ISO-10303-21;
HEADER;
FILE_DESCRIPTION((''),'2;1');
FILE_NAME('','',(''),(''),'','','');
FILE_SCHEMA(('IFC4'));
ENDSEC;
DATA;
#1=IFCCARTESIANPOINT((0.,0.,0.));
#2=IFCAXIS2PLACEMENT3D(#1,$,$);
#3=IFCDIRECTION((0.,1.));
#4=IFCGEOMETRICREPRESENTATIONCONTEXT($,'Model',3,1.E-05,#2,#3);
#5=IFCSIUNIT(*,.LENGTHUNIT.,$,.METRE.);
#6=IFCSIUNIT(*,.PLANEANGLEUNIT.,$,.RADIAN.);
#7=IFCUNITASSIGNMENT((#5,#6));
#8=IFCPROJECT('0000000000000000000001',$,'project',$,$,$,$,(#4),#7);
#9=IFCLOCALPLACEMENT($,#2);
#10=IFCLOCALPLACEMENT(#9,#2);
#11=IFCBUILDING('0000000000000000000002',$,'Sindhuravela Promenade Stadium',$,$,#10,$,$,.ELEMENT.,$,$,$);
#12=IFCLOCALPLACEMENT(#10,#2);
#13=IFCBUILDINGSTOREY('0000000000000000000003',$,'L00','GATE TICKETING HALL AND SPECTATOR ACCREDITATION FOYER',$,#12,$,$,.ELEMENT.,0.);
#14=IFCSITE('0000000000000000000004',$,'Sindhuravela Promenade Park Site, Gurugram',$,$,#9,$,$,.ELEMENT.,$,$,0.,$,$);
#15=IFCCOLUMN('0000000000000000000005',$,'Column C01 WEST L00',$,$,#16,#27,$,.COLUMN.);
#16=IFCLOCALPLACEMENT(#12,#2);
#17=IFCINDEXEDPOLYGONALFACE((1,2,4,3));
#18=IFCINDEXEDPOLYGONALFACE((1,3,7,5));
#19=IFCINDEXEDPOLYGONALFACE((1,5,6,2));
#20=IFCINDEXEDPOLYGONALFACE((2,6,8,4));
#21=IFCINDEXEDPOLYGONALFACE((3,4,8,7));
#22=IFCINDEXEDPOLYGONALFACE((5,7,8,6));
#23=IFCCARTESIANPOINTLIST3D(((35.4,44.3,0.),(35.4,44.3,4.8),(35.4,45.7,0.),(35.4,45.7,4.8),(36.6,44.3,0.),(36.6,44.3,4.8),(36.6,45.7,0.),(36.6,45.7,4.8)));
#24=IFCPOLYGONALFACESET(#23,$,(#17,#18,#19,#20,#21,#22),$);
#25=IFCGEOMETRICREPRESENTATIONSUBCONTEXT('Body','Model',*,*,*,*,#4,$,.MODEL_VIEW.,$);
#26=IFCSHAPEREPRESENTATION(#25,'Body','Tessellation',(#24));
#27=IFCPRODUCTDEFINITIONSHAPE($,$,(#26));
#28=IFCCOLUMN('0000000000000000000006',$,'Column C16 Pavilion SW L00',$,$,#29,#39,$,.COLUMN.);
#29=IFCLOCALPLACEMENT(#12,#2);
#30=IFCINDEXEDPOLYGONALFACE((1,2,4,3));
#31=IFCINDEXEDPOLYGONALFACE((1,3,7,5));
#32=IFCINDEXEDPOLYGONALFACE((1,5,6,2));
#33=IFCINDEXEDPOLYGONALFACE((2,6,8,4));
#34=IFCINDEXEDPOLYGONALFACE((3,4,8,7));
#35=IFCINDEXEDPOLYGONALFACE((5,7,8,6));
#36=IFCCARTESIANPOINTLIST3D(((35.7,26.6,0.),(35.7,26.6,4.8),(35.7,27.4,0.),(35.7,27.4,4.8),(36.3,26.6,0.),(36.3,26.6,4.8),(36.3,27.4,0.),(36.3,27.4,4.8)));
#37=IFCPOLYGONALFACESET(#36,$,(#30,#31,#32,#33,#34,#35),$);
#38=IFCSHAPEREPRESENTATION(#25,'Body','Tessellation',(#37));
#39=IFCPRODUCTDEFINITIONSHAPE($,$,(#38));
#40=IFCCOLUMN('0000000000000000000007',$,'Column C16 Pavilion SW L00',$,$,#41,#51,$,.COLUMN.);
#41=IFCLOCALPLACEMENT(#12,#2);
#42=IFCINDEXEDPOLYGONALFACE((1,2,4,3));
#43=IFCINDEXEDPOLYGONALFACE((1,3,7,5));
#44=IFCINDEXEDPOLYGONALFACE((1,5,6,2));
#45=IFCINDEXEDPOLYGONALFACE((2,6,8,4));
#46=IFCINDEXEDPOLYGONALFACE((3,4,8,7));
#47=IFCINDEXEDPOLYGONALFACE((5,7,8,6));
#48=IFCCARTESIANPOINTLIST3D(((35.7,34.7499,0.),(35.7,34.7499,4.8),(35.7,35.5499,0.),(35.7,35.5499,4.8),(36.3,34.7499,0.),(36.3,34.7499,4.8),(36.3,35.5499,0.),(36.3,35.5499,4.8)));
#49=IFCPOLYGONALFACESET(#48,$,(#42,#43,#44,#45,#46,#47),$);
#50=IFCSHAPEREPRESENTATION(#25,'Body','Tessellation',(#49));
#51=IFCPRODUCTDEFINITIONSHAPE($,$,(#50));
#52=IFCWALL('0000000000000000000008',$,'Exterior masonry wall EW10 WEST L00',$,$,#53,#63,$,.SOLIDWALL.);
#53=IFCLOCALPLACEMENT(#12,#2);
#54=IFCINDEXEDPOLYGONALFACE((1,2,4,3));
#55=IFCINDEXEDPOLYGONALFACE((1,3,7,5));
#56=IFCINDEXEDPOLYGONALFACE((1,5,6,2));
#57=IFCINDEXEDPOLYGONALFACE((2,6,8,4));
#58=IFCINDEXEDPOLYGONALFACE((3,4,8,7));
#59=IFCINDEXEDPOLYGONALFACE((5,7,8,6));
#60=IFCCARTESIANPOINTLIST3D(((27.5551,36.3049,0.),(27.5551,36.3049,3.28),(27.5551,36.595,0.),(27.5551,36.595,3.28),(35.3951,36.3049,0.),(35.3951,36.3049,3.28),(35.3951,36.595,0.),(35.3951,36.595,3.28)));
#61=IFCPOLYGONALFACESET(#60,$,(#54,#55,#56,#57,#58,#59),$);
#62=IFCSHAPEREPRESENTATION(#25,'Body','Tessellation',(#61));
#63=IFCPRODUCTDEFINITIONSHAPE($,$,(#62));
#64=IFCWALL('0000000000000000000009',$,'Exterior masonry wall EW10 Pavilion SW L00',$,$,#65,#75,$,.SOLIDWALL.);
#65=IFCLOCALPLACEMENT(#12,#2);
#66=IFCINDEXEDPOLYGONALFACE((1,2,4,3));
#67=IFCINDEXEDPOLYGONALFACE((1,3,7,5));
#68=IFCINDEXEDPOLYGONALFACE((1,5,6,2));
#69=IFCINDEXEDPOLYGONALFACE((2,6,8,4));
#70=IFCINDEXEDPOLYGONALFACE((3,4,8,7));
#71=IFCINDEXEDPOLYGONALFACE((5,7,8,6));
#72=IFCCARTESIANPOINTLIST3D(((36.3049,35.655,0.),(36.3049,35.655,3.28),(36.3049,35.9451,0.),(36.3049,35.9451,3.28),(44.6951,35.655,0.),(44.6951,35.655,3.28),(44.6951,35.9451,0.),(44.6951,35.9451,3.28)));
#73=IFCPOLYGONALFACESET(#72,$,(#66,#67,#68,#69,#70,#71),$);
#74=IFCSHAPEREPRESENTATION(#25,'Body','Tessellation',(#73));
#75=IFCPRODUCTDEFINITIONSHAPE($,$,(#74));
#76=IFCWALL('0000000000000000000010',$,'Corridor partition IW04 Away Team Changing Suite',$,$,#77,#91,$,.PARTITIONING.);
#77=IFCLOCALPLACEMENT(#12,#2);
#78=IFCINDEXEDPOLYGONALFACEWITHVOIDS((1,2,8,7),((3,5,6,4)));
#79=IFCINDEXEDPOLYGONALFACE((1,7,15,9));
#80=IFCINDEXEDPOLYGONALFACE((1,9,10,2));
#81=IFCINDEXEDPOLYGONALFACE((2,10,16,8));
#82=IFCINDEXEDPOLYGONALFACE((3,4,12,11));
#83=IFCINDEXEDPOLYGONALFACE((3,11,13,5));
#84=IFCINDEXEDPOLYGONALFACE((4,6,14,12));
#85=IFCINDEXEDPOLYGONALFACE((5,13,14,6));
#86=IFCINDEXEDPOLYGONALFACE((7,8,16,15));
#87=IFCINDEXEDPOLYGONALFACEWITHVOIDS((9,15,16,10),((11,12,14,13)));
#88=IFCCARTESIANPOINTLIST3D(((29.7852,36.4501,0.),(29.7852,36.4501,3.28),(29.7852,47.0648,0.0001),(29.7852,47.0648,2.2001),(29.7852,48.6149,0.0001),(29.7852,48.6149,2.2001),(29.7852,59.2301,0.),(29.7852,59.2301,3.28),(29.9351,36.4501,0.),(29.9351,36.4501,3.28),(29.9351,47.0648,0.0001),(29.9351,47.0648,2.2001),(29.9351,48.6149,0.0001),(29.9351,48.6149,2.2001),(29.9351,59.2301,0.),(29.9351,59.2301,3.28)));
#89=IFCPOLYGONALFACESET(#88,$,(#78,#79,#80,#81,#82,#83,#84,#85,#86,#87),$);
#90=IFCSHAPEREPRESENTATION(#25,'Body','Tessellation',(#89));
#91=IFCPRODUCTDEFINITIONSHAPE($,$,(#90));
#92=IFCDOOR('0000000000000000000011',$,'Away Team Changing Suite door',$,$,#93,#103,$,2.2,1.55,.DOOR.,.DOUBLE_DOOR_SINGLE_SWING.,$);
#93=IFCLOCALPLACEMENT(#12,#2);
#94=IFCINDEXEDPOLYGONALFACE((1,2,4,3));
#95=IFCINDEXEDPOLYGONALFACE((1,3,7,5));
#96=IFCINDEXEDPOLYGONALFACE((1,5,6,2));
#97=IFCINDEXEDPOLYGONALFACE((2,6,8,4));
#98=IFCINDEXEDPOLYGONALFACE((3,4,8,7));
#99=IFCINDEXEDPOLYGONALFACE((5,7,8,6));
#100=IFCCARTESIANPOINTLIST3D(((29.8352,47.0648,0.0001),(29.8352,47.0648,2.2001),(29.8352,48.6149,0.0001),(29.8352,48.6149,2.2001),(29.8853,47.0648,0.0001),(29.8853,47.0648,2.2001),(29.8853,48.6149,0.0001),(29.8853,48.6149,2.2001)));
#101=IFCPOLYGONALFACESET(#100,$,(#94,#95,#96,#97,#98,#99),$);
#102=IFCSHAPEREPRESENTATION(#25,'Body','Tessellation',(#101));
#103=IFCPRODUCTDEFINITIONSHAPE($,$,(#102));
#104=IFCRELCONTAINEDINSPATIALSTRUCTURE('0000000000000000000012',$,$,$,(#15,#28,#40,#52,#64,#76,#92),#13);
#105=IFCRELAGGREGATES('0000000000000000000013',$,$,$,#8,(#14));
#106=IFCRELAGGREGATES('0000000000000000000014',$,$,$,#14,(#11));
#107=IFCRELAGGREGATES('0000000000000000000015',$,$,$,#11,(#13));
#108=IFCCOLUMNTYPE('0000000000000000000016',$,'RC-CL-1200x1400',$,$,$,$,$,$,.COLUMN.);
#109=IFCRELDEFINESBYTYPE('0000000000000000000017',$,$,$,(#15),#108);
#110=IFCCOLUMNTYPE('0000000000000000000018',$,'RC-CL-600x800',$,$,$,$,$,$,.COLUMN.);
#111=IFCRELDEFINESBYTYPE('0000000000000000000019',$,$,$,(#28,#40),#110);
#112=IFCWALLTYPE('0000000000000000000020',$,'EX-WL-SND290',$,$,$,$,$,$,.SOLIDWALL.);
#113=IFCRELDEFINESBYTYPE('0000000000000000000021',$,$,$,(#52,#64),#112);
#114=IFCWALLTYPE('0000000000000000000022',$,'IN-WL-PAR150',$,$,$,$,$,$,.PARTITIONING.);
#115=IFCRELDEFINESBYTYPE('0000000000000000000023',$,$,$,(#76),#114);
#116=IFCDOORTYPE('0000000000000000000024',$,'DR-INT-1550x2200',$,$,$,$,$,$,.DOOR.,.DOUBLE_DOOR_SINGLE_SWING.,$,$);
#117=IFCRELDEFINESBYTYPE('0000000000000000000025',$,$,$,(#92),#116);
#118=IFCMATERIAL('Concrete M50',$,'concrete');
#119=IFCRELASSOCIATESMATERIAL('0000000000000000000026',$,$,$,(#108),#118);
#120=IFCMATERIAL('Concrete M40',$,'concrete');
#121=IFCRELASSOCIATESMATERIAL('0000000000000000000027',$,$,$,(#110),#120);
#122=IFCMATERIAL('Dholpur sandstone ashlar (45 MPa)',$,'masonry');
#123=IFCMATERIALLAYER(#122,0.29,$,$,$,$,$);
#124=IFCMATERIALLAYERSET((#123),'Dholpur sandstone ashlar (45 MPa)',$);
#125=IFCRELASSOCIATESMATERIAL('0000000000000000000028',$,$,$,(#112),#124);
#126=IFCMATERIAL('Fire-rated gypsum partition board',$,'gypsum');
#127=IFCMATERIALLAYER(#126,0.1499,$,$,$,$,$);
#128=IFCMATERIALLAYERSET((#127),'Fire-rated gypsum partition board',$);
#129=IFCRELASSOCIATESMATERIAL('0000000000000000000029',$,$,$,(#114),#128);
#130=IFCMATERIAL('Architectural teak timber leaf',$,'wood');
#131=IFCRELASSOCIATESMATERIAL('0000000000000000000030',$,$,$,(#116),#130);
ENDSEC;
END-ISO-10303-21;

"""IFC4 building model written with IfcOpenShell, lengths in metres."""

from ifc_helpers import new_model, si_unit, direction, frame, frame_2d, origin, origin_2d, place, context, subcontext, project, spatial, rectangle, extrude, material, layer, layer_set, material_profile, profile_set, type_object, element, fill, save


model = new_model("IFC4")

# Units and contexts
model_context = context("Model", 3, precision=1e-05, world=origin(), true_north=direction((0.0, 1.0)))
body_context = subcontext(model_context, "Body", "Model", "MODEL_VIEW")
ifc_project = project(units=[si_unit("LENGTHUNIT", "METRE"), si_unit("PLANEANGLEUNIT", "RADIAN")], contexts=[model_context])

# Site, building, storey
site_placement = place(None, origin())
site = spatial("IfcSite", under=ifc_project, at=site_placement, Name="Sindhuravela Promenade Park Site, Gurugram", CompositionType="ELEMENT", RefElevation=0.0)
building_placement = place(site_placement, origin())
building = spatial("IfcBuilding", under=site, at=building_placement, Name="Sindhuravela Promenade Stadium", CompositionType="ELEMENT")
storey_placement = place(building_placement, origin())
storey = spatial("IfcBuildingStorey", under=building, at=storey_placement, Name="L00", Description="GATE TICKETING HALL AND SPECTATOR ACCREDITATION FOYER", CompositionType="ELEMENT", Elevation=0.0)

# Shared definitions
ifc_material_1 = material(Name="Concrete M50", Category="concrete")

# Shared definitions
ifc_material_2 = material(Name="Concrete M40", Category="concrete")

# Columns
ifc_material_profile_1 = material_profile(ifc_material_1, rectangle(XDim=1.2, YDim=1.3999, at=origin_2d()), Name="RC 1200x1400")
ifc_profile_set_1 = profile_set([ifc_material_profile_1], Name="Concrete M50")
column_type_1 = type_object("IfcColumnType", Name="RC-CL-1200x1400", PredefinedType="COLUMN", material=ifc_profile_set_1)
for number, where, z_axis, x_axis, name in (
    (1, (36.0, 45.0, 0.0), (0.0, 0.0, 1.0), (1.0, 0.0, 0.0), "Column C01 WEST L00"),
):
    element("IfcColumn", number, at=place(storey_placement, frame(where, z_axis=z_axis, x_axis=x_axis)), inside=storey, type_object=column_type_1, Name=name, PredefinedType="COLUMN", context=body_context, shape_type="SweptSolid", body=[
        extrude(rectangle(XDim=1.2, YDim=1.3999, at=origin_2d()), origin(), (0.0, 0.0, 1.0), 4.8),
    ])
ifc_material_profile_2 = material_profile(ifc_material_2, rectangle(XDim=0.6001, YDim=0.8, at=origin_2d()), Name="RC 600x800")
ifc_profile_set_2 = profile_set([ifc_material_profile_2], Name="Concrete M40")
column_type_2 = type_object("IfcColumnType", Name="RC-CL-600x800", PredefinedType="COLUMN", material=ifc_profile_set_2)
for number, where, z_axis, x_axis, name in (
    (2, (36.0, 27.0, 0.0), (0.0, 0.0, 1.0), (1.0, 0.0, 0.0), "Column C16 Pavilion SW L00"),
    (3, (36.0, 35.1499, 0.0), (0.0, 0.0, 1.0), (1.0, 0.0, 0.0), "Column C16 Pavilion SW L00"),
):
    element("IfcColumn", number, at=place(storey_placement, frame(where, z_axis=z_axis, x_axis=x_axis)), inside=storey, type_object=column_type_2, Name=name, PredefinedType="COLUMN", context=body_context, shape_type="SweptSolid", body=[
        extrude(rectangle(XDim=0.6001, YDim=0.8, at=origin_2d()), origin(), (0.0, 0.0, 1.0), 4.8),
    ])

# Walls
ifc_material_3 = material(Name="Dholpur sandstone ashlar (45 MPa)", Category="masonry")
ifc_layer_1 = layer(ifc_material_3, 0.29)
ifc_layer_set_1 = layer_set([ifc_layer_1], Name="Dholpur sandstone ashlar (45 MPa)")
wall_type_1 = type_object("IfcWallType", Name="EX-WL-SND290", PredefinedType="SOLIDWALL", material=ifc_layer_set_1)
wall_1_placement = place(storey_placement, frame((35.395, 36.45, 0.0), z_axis=(0.0, 0.0, 1.0), x_axis=(-1.0, 0.0, 0.0)))
element("IfcWall", 4, at=wall_1_placement, inside=storey, type_object=wall_type_1, Name="Exterior masonry wall EW10 WEST L00", PredefinedType="SOLIDWALL", context=body_context, shape_type="SweptSolid", body=[
    extrude(rectangle(XDim=7.8401, YDim=0.29, at=frame_2d((3.9199, 0.0))), origin(), (0.0, 0.0, 1.0), 3.28),
])
wall_2_placement = place(storey_placement, frame((36.3049, 35.8, 0.0), z_axis=(0.0, 0.0, 1.0), x_axis=(1.0, 0.0, 0.0)))
element("IfcWall", 5, at=wall_2_placement, inside=storey, type_object=wall_type_1, Name="Exterior masonry wall EW10 Pavilion SW L00", PredefinedType="SOLIDWALL", context=body_context, shape_type="SweptSolid", body=[
    extrude(rectangle(XDim=8.3901, YDim=0.29, at=frame_2d((4.1951, 0.0))), origin(), (0.0, 0.0, 1.0), 3.28),
])

# Wall, opening, door
ifc_material_4 = material(Name="Fire-rated gypsum partition board", Category="gypsum")
ifc_layer_2 = layer(ifc_material_4, 0.1499)
ifc_layer_set_2 = layer_set([ifc_layer_2], Name="Fire-rated gypsum partition board")
wall_type_2 = type_object("IfcWallType", Name="IN-WL-PAR150", PredefinedType="PARTITIONING", material=ifc_layer_set_2)
wall_3_placement = place(storey_placement, frame((29.8601, 36.45, 0.0), z_axis=(0.0, 0.0, 1.0), x_axis=(0.0, 1.0, 0.0)))
wall_3 = element("IfcWall", 6, at=wall_3_placement, inside=storey, type_object=wall_type_2, Name="Corridor partition IW04 Away Team Changing Suite", PredefinedType="PARTITIONING", context=body_context, shape_type="SweptSolid", body=[
    extrude(rectangle(XDim=22.78, YDim=0.1499, at=frame_2d((11.3901, 0.0))), origin(), (0.0, 0.0, 1.0), 3.28),
])
opening_placement = place(wall_3_placement, frame((10.615, 0.0, 0.0)))
opening = element("IfcOpeningElement", 7, at=opening_placement, cuts=wall_3, PredefinedType="OPENING", context=body_context, shape_type="SweptSolid", body=[
    extrude(rectangle(XDim=1.55, YDim=2.2, at=frame_2d((0.7749, 1.1001))), frame((0.0, 0.085, 0.0), z_axis=(0.0, -1.0, 0.0), x_axis=(1.0, 0.0, 0.0)), (0.0, 0.0, 1.0), 0.1699),
])
ifc_material_5 = material(Name="Architectural teak timber leaf", Category="wood")
door_type = type_object("IfcDoorType", Name="DR-INT-1550x2200", OperationType="DOUBLE_DOOR_SINGLE_SWING", PredefinedType="DOOR", material=ifc_material_5)
door_placement = place(opening_placement, origin())
door = element("IfcDoor", 8, at=door_placement, inside=storey, type_object=door_type, Name="Away Team Changing Suite door", OperationType="DOUBLE_DOOR_SINGLE_SWING", OverallHeight=2.2, OverallWidth=1.55, PredefinedType="DOOR", context=body_context, shape_type="SweptSolid", body=[
    extrude(rectangle(XDim=1.55, YDim=2.2, at=frame_2d((0.7749, 1.1001))), frame((0.0, 0.0249, 0.0), z_axis=(0.0, -1.0, 0.0), x_axis=(1.0, 0.0, 0.0)), (0.0, 0.0, 1.0), 0.05),
])
fill(opening, door)

save(model, "model.ifc")
